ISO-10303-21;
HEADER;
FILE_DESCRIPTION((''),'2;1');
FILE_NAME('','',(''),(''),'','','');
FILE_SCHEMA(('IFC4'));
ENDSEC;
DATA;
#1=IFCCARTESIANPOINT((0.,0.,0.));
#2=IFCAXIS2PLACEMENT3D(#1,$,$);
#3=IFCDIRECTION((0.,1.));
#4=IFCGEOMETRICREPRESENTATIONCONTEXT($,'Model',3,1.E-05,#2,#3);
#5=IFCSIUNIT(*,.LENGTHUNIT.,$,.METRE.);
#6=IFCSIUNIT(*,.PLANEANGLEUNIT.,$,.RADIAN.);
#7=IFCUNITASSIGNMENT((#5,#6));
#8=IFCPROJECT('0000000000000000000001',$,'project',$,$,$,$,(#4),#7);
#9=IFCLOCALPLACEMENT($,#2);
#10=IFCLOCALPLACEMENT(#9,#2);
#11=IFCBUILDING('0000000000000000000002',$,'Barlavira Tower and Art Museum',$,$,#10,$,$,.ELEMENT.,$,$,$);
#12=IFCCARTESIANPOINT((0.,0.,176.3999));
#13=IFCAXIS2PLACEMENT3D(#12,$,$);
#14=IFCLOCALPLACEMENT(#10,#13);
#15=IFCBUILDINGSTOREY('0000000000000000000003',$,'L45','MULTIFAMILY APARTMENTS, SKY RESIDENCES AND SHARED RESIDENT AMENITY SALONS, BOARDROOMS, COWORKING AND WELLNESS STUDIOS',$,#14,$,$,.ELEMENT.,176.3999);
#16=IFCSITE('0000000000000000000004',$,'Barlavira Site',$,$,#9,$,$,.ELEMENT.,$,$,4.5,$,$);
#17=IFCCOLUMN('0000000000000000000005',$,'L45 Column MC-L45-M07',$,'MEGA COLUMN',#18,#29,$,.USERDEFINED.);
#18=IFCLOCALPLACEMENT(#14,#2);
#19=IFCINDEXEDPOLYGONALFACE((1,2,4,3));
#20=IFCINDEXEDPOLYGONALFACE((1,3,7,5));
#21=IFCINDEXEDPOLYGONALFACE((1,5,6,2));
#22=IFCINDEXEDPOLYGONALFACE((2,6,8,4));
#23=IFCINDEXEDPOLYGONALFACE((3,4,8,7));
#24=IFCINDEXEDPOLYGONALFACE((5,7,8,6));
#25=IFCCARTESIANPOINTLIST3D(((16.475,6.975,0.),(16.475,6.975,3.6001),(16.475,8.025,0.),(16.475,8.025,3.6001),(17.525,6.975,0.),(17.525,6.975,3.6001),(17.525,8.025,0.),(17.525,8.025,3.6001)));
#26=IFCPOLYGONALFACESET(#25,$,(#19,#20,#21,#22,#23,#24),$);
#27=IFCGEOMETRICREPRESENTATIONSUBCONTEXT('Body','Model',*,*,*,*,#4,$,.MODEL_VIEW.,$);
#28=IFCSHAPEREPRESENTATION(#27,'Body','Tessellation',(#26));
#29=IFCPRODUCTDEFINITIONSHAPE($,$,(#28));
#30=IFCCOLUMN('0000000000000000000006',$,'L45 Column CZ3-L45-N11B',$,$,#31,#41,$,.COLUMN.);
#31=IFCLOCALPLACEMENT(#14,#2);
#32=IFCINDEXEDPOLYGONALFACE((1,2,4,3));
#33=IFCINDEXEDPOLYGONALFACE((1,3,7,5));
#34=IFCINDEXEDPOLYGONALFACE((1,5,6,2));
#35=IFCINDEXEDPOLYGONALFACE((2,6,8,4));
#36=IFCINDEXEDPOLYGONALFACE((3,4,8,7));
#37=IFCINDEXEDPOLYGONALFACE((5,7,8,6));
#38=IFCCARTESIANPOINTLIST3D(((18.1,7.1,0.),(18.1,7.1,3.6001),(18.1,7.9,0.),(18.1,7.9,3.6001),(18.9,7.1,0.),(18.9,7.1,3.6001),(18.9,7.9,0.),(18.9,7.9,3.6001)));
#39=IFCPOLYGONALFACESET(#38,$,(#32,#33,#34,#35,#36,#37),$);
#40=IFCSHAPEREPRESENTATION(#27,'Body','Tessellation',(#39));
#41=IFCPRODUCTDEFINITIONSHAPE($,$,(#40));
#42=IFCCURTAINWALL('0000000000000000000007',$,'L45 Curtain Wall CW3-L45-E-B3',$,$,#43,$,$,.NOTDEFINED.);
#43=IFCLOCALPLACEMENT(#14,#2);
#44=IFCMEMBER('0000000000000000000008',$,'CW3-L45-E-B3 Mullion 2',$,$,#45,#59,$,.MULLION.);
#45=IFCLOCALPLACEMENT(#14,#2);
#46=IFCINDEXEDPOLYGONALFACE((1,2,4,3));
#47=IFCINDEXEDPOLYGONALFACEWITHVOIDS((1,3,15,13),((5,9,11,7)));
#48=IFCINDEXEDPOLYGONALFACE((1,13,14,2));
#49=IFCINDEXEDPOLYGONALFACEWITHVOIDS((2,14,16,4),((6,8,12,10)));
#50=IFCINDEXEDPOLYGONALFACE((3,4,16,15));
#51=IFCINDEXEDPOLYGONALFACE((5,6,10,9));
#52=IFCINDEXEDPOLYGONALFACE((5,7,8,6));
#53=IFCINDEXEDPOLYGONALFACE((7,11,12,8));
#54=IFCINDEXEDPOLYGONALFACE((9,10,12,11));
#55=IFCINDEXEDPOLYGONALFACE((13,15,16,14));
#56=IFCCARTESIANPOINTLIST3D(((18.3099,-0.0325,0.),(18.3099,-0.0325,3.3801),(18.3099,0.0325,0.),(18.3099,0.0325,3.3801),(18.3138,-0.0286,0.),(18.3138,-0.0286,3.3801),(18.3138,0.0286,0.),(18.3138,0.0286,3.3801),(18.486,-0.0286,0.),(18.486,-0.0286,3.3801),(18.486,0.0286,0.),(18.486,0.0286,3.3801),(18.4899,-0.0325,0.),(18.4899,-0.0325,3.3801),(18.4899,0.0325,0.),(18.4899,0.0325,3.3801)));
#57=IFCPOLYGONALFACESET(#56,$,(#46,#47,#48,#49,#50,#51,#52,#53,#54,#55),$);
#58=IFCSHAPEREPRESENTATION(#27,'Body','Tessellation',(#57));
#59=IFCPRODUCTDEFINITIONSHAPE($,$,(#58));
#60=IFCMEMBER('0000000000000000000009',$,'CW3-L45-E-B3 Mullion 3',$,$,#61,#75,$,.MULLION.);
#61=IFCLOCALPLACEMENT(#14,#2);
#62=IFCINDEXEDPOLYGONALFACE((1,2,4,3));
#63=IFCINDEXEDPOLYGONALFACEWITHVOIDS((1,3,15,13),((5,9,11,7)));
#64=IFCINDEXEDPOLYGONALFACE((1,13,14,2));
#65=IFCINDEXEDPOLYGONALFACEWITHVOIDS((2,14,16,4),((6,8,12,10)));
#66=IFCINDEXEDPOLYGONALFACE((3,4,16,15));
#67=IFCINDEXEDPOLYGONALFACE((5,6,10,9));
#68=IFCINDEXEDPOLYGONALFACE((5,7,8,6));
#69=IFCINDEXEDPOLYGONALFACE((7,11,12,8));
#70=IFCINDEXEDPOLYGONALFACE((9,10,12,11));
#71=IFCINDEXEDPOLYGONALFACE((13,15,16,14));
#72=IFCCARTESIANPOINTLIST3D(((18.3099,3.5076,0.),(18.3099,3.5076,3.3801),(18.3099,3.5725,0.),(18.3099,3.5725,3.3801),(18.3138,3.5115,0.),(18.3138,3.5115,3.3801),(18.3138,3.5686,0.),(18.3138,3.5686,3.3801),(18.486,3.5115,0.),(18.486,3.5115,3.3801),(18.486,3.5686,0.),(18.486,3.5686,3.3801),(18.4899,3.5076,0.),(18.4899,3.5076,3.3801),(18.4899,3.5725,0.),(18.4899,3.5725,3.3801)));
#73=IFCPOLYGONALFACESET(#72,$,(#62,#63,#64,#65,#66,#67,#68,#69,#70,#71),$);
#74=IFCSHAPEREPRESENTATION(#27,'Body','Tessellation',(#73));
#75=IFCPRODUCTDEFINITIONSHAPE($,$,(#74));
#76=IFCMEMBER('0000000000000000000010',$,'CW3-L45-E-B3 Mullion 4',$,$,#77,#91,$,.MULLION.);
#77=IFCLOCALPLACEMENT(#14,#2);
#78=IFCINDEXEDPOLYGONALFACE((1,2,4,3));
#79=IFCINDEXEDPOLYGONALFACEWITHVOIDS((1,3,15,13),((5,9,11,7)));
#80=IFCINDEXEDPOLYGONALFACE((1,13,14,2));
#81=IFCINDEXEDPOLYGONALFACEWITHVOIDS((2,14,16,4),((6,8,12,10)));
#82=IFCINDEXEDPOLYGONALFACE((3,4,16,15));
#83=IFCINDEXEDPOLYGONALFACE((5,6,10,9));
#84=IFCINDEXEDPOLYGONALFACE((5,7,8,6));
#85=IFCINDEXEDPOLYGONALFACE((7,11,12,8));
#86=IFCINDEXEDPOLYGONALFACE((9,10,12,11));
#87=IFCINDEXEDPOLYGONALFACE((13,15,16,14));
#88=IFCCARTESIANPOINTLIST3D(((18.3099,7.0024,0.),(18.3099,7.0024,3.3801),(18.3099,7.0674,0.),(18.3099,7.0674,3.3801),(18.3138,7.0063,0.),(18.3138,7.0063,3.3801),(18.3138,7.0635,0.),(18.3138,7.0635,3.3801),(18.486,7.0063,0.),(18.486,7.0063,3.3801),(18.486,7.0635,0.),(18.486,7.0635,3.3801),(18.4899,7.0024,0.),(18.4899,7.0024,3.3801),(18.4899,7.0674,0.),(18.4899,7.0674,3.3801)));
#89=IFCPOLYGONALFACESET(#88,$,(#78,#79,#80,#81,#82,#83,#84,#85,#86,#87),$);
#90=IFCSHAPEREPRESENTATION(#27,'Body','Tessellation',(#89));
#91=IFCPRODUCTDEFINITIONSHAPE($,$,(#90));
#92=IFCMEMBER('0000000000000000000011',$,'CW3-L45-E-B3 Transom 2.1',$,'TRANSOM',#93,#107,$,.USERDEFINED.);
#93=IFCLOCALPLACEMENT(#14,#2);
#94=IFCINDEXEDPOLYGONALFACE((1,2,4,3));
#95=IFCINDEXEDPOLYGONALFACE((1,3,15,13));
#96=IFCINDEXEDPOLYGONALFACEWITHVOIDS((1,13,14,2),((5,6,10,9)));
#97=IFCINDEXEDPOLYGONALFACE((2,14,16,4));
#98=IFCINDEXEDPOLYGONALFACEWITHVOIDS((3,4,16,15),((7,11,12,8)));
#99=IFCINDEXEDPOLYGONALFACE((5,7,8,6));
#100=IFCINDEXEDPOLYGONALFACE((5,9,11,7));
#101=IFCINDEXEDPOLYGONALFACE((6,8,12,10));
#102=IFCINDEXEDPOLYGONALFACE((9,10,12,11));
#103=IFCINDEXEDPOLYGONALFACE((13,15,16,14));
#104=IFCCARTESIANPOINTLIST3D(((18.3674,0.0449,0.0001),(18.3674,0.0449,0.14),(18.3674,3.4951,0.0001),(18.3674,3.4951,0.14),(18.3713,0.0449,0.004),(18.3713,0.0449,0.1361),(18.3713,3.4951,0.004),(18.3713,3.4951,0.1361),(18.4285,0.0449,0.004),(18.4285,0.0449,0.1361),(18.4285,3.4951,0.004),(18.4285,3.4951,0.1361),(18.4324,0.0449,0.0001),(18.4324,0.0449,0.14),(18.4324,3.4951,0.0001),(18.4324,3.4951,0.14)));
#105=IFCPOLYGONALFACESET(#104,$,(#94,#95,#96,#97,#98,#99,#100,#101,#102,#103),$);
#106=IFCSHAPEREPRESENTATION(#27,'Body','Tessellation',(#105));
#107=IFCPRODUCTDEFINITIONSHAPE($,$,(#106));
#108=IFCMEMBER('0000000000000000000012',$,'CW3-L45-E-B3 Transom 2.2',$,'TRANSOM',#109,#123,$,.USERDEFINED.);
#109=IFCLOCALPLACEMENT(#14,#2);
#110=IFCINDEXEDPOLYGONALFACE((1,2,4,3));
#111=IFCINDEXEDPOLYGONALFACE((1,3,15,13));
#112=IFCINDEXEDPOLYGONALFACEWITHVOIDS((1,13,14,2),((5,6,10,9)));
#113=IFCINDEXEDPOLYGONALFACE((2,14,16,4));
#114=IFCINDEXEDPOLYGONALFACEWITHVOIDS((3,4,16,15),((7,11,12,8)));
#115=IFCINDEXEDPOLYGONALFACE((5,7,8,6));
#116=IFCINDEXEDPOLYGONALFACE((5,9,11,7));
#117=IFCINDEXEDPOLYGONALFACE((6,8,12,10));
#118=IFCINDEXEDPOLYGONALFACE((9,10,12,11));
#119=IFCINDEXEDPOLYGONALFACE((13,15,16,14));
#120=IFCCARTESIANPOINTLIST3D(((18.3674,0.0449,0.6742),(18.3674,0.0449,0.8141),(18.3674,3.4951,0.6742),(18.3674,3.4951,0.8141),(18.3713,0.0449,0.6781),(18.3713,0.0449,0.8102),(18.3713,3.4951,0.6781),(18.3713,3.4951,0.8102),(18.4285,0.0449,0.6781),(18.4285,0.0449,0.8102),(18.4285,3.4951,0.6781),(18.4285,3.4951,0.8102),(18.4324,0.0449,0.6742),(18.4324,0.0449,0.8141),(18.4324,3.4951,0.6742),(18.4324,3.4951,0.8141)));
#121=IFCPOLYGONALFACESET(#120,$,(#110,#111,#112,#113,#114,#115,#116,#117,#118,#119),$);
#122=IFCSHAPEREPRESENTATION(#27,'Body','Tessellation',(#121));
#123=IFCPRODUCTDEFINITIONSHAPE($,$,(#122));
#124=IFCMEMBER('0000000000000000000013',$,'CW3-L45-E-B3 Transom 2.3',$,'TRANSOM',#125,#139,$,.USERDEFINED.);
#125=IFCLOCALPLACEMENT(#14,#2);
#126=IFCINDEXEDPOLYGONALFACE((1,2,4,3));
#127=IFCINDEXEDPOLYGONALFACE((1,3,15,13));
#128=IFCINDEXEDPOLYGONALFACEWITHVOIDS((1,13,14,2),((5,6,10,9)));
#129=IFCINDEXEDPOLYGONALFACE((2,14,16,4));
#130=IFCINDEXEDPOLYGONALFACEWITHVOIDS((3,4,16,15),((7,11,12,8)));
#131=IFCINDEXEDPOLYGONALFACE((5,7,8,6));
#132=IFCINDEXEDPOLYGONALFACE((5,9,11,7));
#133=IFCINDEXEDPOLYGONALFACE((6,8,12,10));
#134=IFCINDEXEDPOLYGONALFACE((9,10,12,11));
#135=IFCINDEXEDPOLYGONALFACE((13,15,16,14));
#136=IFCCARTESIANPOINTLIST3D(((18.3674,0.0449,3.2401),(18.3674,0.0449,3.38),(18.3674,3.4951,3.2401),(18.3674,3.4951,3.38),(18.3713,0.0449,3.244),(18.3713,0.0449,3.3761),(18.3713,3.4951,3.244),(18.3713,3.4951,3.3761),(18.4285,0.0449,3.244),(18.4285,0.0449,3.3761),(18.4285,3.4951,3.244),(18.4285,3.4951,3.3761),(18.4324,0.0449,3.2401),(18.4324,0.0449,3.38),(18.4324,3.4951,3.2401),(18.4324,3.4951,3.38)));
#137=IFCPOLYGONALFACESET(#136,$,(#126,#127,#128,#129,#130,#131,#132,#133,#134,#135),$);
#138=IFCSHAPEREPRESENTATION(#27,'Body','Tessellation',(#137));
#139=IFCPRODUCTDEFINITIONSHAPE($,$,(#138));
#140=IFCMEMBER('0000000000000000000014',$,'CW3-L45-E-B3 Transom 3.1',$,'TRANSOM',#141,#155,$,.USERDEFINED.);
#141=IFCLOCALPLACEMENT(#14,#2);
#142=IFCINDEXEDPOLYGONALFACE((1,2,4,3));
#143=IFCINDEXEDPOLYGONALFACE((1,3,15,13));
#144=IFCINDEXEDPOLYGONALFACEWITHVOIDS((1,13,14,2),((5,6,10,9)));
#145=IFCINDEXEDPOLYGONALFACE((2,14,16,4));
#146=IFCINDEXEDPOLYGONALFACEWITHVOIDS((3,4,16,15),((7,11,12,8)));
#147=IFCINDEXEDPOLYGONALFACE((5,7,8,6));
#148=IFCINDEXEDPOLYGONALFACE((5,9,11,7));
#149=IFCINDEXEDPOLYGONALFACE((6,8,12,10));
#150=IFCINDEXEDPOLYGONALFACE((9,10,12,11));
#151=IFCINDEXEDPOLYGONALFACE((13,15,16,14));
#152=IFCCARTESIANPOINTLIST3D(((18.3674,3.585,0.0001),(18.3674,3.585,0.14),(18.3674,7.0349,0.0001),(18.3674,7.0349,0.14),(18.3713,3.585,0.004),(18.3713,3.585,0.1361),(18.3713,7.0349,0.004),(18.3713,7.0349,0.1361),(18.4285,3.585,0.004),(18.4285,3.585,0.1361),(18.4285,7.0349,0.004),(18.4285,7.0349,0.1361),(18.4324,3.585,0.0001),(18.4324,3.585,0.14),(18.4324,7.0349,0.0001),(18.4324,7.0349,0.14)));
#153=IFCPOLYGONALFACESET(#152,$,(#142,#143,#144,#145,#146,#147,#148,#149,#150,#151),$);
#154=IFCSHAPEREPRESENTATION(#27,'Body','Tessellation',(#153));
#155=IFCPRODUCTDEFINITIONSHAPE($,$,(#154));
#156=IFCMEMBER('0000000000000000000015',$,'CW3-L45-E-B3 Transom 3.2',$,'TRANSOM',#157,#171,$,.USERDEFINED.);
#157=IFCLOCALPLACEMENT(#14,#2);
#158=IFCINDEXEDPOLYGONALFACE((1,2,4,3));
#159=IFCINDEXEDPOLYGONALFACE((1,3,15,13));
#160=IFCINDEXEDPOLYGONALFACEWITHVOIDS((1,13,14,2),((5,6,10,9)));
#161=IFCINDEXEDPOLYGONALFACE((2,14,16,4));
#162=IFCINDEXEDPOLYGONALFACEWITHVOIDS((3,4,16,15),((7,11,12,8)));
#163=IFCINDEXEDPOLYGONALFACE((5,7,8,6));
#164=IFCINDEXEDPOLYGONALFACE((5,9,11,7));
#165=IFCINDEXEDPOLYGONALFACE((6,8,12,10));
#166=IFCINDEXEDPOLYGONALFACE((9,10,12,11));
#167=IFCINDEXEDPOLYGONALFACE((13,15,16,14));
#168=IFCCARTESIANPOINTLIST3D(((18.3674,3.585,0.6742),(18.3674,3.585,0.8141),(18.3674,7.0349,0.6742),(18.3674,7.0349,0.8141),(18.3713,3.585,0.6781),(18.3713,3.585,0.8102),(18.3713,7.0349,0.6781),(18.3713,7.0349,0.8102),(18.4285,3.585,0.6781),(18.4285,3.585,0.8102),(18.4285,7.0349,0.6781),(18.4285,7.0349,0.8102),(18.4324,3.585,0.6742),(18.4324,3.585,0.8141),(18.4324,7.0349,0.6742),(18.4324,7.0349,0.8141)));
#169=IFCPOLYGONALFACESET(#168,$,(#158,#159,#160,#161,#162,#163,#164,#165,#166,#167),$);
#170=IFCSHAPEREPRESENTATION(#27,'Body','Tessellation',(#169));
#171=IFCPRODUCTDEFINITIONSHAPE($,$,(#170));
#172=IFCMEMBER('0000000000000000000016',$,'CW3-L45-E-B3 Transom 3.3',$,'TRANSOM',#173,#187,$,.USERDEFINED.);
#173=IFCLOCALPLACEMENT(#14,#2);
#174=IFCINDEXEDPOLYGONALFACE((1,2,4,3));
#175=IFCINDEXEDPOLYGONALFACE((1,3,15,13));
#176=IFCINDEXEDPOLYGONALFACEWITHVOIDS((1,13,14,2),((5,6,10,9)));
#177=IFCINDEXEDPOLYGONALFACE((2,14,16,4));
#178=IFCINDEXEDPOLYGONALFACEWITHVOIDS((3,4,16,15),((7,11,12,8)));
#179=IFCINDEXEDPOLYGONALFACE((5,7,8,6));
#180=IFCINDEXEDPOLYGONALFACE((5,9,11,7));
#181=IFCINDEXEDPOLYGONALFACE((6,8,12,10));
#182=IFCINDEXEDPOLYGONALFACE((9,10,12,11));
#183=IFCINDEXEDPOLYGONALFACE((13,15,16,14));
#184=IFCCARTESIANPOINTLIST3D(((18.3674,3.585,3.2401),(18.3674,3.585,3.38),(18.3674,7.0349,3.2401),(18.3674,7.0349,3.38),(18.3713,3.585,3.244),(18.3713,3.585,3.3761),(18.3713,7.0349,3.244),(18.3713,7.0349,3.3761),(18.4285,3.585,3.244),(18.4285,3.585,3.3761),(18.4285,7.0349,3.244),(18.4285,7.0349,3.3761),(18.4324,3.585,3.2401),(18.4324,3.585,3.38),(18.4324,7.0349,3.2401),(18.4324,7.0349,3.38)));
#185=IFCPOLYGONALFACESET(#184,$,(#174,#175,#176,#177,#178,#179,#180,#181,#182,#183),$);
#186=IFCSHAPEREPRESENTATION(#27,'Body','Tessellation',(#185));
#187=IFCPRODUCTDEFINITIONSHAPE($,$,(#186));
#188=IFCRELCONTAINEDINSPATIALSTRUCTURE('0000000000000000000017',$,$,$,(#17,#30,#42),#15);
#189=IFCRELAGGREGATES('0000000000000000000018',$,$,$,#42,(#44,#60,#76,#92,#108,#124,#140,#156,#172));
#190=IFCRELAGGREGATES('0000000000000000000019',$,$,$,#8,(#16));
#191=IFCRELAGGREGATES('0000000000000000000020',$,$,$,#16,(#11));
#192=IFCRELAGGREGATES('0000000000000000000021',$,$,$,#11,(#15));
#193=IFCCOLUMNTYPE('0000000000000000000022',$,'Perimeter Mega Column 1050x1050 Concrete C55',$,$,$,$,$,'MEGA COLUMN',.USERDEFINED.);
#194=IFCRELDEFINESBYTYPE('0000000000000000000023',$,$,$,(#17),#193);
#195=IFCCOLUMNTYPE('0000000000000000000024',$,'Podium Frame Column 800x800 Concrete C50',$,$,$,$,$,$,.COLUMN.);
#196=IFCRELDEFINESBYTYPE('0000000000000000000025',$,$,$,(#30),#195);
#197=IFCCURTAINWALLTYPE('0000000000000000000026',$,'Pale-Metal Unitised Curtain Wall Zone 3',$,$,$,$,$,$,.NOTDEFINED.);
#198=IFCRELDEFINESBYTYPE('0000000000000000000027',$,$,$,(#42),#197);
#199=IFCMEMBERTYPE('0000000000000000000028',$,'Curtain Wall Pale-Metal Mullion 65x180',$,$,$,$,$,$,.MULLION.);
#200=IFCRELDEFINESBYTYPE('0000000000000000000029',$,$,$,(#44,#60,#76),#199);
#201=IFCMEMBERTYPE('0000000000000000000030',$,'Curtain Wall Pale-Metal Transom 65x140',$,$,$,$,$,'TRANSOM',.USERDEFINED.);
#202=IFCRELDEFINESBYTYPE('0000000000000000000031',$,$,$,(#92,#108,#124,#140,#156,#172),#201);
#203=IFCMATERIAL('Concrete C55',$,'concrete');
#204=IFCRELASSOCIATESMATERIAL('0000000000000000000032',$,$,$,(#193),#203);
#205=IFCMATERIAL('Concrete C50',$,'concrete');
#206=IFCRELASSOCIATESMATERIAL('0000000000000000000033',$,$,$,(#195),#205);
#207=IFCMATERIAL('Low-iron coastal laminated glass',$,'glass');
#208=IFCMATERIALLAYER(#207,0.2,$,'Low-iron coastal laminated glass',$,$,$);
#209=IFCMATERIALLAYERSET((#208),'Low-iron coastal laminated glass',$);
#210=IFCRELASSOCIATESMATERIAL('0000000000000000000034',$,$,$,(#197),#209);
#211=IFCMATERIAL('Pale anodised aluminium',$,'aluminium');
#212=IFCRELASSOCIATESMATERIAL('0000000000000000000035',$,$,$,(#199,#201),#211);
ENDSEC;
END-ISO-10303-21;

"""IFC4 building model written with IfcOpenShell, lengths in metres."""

from ifc_helpers import new_model, si_unit, direction, frame, origin, origin_2d, place, context, subcontext, project, spatial, rectangle, hollow_rectangle, extrude, material, layer, layer_set, material_profile, profile_set, type_object, element, aggregate, save


model = new_model("IFC4")

# Units and contexts
model_context = context("Model", 3, precision=1e-05, world=origin(), true_north=direction((0.0, 1.0)))
body_context = subcontext(model_context, "Body", "Model", "MODEL_VIEW")
ifc_project = project(units=[si_unit("LENGTHUNIT", "METRE"), si_unit("PLANEANGLEUNIT", "RADIAN")], contexts=[model_context])

# Site, building, storey
site_placement = place(None, origin())
site = spatial("IfcSite", under=ifc_project, at=site_placement, Name="Barlavira Site", CompositionType="ELEMENT", RefElevation=4.5)
building_placement = place(site_placement, origin())
building = spatial("IfcBuilding", under=site, at=building_placement, Name="Barlavira Tower and Art Museum", CompositionType="ELEMENT")
storey_placement = place(building_placement, frame((0.0, 0.0, 176.3999)))
storey = spatial("IfcBuildingStorey", under=building, at=storey_placement, Name="L45", Description="MULTIFAMILY APARTMENTS, SKY RESIDENCES AND SHARED RESIDENT AMENITY SALONS, BOARDROOMS, COWORKING AND WELLNESS STUDIOS", CompositionType="ELEMENT", Elevation=176.3999)

# Columns
ifc_material_1 = material(Name="Concrete C55", Category="concrete")
ifc_material_profile_1 = material_profile(ifc_material_1, rectangle(XDim=1.05, YDim=1.05, at=origin_2d()), Name="RC-COL 1050x1050")
ifc_profile_set_1 = profile_set([ifc_material_profile_1], Name="Concrete C55")
column_type_1 = type_object("IfcColumnType", Name="Perimeter Mega Column 1050x1050 Concrete C55", ElementType="MEGA COLUMN", PredefinedType="USERDEFINED", material=ifc_profile_set_1)
column_1_placement = place(storey_placement, frame((17.0, 7.5, 0.0), z_axis=(0.0, 0.0, 1.0), x_axis=(1.0, 0.0, 0.0)))
element("IfcColumn", 1, at=column_1_placement, inside=storey, type_object=column_type_1, Name="L45 Column MC-L45-M07", ObjectType="MEGA COLUMN", PredefinedType="USERDEFINED", context=body_context, shape_type="SweptSolid", body=[
    extrude(rectangle(XDim=1.05, YDim=1.05, at=origin_2d()), origin(), (0.0, 0.0, 1.0), 3.6001),
])
ifc_material_2 = material(Name="Concrete C50", Category="concrete")
ifc_material_profile_2 = material_profile(ifc_material_2, rectangle(XDim=0.8, YDim=0.8, at=origin_2d()), Name="RC-COL 800x800")
ifc_profile_set_2 = profile_set([ifc_material_profile_2], Name="Concrete C50")
column_type_2 = type_object("IfcColumnType", Name="Podium Frame Column 800x800 Concrete C50", PredefinedType="COLUMN", material=ifc_profile_set_2)
column_2_placement = place(storey_placement, frame((18.5, 7.5, 0.0), z_axis=(0.0, 0.0, 1.0), x_axis=(1.0, 0.0, 0.0)))
element("IfcColumn", 2, at=column_2_placement, inside=storey, type_object=column_type_2, Name="L45 Column CZ3-L45-N11B", PredefinedType="COLUMN", context=body_context, shape_type="SweptSolid", body=[
    extrude(rectangle(XDim=0.8, YDim=0.8, at=origin_2d()), origin(), (0.0, 0.0, 1.0), 3.6001),
])

# Curtain wall, members
ifc_material_3 = material(Name="Low-iron coastal laminated glass", Category="glass")
ifc_layer_1 = layer(ifc_material_3, 0.2, Name="Low-iron coastal laminated glass")
ifc_layer_set_1 = layer_set([ifc_layer_1], Name="Low-iron coastal laminated glass")
curtain_wall_type = type_object("IfcCurtainWallType", Name="Pale-Metal Unitised Curtain Wall Zone 3", PredefinedType="NOTDEFINED", material=ifc_layer_set_1)
curtain_wall_placement = place(storey_placement, origin())
curtain_wall = element("IfcCurtainWall", 3, at=curtain_wall_placement, inside=storey, type_object=curtain_wall_type, Name="L45 Curtain Wall CW3-L45-E-B3", PredefinedType="NOTDEFINED")
ifc_material_4 = material(Name="Pale anodised aluminium", Category="aluminium")
ifc_material_profile_3 = material_profile(ifc_material_4, hollow_rectangle(XDim=0.0649, YDim=0.1799, WallThickness=0.0039, at=origin_2d()), Name="ALU-MULL 65x180x4")
ifc_profile_set_3 = profile_set([ifc_material_profile_3], Name="Pale anodised aluminium")
member_type_1 = type_object("IfcMemberType", Name="Curtain Wall Pale-Metal Mullion 65x180", PredefinedType="MULLION", material=ifc_profile_set_3)
member_1_placement = place(storey_placement, frame((18.3999, 0.0, 0.0), z_axis=(0.0, 0.0, 1.0), x_axis=(0.0, 1.0, 0.0)))
member_1 = element("IfcMember", 4, at=member_1_placement, type_object=member_type_1, Name="CW3-L45-E-B3 Mullion 2", PredefinedType="MULLION", context=body_context, shape_type="SweptSolid", body=[
    extrude(hollow_rectangle(XDim=0.0649, YDim=0.1799, WallThickness=0.0039, at=origin_2d()), origin(), (0.0, 0.0, 1.0), 3.3801),
])
member_2_placement = place(storey_placement, frame((18.3999, 3.54, 0.0), z_axis=(0.0, 0.0, 1.0), x_axis=(0.0, 1.0, 0.0)))
member_2 = element("IfcMember", 5, at=member_2_placement, type_object=member_type_1, Name="CW3-L45-E-B3 Mullion 3", PredefinedType="MULLION", context=body_context, shape_type="SweptSolid", body=[
    extrude(hollow_rectangle(XDim=0.0649, YDim=0.1799, WallThickness=0.0039, at=origin_2d()), origin(), (0.0, 0.0, 1.0), 3.3801),
])
member_3_placement = place(storey_placement, frame((18.3999, 7.0349, 0.0), z_axis=(0.0, 0.0, 1.0), x_axis=(0.0, 1.0, 0.0)))
member_3 = element("IfcMember", 6, at=member_3_placement, type_object=member_type_1, Name="CW3-L45-E-B3 Mullion 4", PredefinedType="MULLION", context=body_context, shape_type="SweptSolid", body=[
    extrude(hollow_rectangle(XDim=0.0649, YDim=0.1799, WallThickness=0.0039, at=origin_2d()), origin(), (0.0, 0.0, 1.0), 3.3801),
])
ifc_material_profile_4 = material_profile(ifc_material_4, hollow_rectangle(XDim=0.0649, YDim=0.1399, WallThickness=0.0039, at=origin_2d()), Name="ALU-TRAN 65x140x4")
ifc_profile_set_4 = profile_set([ifc_material_profile_4], Name="Pale anodised aluminium")
member_type_2 = type_object("IfcMemberType", Name="Curtain Wall Pale-Metal Transom 65x140", ElementType="TRANSOM", PredefinedType="USERDEFINED", material=ifc_profile_set_4)
member_4_placement = place(storey_placement, frame((18.3999, 0.0449, 0.0701), z_axis=(0.0, 1.0, 0.0), x_axis=(-1.0, 0.0, 0.0)))
member_4 = element("IfcMember", 7, at=member_4_placement, type_object=member_type_2, Name="CW3-L45-E-B3 Transom 2.1", ObjectType="TRANSOM", PredefinedType="USERDEFINED", context=body_context, shape_type="SweptSolid", body=[
    extrude(hollow_rectangle(XDim=0.0649, YDim=0.1399, WallThickness=0.0039, at=origin_2d()), origin(), (0.0, 0.0, 1.0), 3.4502),
])
member_5_placement = place(storey_placement, frame((18.3999, 0.0449, 0.7441), z_axis=(0.0, 1.0, 0.0), x_axis=(-1.0, 0.0, 0.0)))
member_5 = element("IfcMember", 8, at=member_5_placement, type_object=member_type_2, Name="CW3-L45-E-B3 Transom 2.2", ObjectType="TRANSOM", PredefinedType="USERDEFINED", context=body_context, shape_type="SweptSolid", body=[
    extrude(hollow_rectangle(XDim=0.0649, YDim=0.1399, WallThickness=0.0039, at=origin_2d()), origin(), (0.0, 0.0, 1.0), 3.4502),
])
member_6_placement = place(storey_placement, frame((18.3999, 0.0449, 3.3101), z_axis=(0.0, 1.0, 0.0), x_axis=(-1.0, 0.0, 0.0)))
member_6 = element("IfcMember", 9, at=member_6_placement, type_object=member_type_2, Name="CW3-L45-E-B3 Transom 2.3", ObjectType="TRANSOM", PredefinedType="USERDEFINED", context=body_context, shape_type="SweptSolid", body=[
    extrude(hollow_rectangle(XDim=0.0649, YDim=0.1399, WallThickness=0.0039, at=origin_2d()), origin(), (0.0, 0.0, 1.0), 3.4502),
])
member_7_placement = place(storey_placement, frame((18.3999, 3.585, 0.0701), z_axis=(0.0, 1.0, 0.0), x_axis=(-1.0, 0.0, 0.0)))
member_7 = element("IfcMember", 10, at=member_7_placement, type_object=member_type_2, Name="CW3-L45-E-B3 Transom 3.1", ObjectType="TRANSOM", PredefinedType="USERDEFINED", context=body_context, shape_type="SweptSolid", body=[
    extrude(hollow_rectangle(XDim=0.0649, YDim=0.1399, WallThickness=0.0039, at=origin_2d()), origin(), (0.0, 0.0, 1.0), 3.45),
])
member_8_placement = place(storey_placement, frame((18.3999, 3.585, 0.7441), z_axis=(0.0, 1.0, 0.0), x_axis=(-1.0, 0.0, 0.0)))
member_8 = element("IfcMember", 11, at=member_8_placement, type_object=member_type_2, Name="CW3-L45-E-B3 Transom 3.2", ObjectType="TRANSOM", PredefinedType="USERDEFINED", context=body_context, shape_type="SweptSolid", body=[
    extrude(hollow_rectangle(XDim=0.0649, YDim=0.1399, WallThickness=0.0039, at=origin_2d()), origin(), (0.0, 0.0, 1.0), 3.45),
])
member_9_placement = place(storey_placement, frame((18.3999, 3.585, 3.3101), z_axis=(0.0, 1.0, 0.0), x_axis=(-1.0, 0.0, 0.0)))
member_9 = element("IfcMember", 12, at=member_9_placement, type_object=member_type_2, Name="CW3-L45-E-B3 Transom 3.3", ObjectType="TRANSOM", PredefinedType="USERDEFINED", context=body_context, shape_type="SweptSolid", body=[
    extrude(hollow_rectangle(XDim=0.0649, YDim=0.1399, WallThickness=0.0039, at=origin_2d()), origin(), (0.0, 0.0, 1.0), 3.45),
])

aggregate(curtain_wall, [member_1, member_2, member_3, member_4, member_5, member_6, member_7, member_8, member_9])

save(model, "model.ifc")
